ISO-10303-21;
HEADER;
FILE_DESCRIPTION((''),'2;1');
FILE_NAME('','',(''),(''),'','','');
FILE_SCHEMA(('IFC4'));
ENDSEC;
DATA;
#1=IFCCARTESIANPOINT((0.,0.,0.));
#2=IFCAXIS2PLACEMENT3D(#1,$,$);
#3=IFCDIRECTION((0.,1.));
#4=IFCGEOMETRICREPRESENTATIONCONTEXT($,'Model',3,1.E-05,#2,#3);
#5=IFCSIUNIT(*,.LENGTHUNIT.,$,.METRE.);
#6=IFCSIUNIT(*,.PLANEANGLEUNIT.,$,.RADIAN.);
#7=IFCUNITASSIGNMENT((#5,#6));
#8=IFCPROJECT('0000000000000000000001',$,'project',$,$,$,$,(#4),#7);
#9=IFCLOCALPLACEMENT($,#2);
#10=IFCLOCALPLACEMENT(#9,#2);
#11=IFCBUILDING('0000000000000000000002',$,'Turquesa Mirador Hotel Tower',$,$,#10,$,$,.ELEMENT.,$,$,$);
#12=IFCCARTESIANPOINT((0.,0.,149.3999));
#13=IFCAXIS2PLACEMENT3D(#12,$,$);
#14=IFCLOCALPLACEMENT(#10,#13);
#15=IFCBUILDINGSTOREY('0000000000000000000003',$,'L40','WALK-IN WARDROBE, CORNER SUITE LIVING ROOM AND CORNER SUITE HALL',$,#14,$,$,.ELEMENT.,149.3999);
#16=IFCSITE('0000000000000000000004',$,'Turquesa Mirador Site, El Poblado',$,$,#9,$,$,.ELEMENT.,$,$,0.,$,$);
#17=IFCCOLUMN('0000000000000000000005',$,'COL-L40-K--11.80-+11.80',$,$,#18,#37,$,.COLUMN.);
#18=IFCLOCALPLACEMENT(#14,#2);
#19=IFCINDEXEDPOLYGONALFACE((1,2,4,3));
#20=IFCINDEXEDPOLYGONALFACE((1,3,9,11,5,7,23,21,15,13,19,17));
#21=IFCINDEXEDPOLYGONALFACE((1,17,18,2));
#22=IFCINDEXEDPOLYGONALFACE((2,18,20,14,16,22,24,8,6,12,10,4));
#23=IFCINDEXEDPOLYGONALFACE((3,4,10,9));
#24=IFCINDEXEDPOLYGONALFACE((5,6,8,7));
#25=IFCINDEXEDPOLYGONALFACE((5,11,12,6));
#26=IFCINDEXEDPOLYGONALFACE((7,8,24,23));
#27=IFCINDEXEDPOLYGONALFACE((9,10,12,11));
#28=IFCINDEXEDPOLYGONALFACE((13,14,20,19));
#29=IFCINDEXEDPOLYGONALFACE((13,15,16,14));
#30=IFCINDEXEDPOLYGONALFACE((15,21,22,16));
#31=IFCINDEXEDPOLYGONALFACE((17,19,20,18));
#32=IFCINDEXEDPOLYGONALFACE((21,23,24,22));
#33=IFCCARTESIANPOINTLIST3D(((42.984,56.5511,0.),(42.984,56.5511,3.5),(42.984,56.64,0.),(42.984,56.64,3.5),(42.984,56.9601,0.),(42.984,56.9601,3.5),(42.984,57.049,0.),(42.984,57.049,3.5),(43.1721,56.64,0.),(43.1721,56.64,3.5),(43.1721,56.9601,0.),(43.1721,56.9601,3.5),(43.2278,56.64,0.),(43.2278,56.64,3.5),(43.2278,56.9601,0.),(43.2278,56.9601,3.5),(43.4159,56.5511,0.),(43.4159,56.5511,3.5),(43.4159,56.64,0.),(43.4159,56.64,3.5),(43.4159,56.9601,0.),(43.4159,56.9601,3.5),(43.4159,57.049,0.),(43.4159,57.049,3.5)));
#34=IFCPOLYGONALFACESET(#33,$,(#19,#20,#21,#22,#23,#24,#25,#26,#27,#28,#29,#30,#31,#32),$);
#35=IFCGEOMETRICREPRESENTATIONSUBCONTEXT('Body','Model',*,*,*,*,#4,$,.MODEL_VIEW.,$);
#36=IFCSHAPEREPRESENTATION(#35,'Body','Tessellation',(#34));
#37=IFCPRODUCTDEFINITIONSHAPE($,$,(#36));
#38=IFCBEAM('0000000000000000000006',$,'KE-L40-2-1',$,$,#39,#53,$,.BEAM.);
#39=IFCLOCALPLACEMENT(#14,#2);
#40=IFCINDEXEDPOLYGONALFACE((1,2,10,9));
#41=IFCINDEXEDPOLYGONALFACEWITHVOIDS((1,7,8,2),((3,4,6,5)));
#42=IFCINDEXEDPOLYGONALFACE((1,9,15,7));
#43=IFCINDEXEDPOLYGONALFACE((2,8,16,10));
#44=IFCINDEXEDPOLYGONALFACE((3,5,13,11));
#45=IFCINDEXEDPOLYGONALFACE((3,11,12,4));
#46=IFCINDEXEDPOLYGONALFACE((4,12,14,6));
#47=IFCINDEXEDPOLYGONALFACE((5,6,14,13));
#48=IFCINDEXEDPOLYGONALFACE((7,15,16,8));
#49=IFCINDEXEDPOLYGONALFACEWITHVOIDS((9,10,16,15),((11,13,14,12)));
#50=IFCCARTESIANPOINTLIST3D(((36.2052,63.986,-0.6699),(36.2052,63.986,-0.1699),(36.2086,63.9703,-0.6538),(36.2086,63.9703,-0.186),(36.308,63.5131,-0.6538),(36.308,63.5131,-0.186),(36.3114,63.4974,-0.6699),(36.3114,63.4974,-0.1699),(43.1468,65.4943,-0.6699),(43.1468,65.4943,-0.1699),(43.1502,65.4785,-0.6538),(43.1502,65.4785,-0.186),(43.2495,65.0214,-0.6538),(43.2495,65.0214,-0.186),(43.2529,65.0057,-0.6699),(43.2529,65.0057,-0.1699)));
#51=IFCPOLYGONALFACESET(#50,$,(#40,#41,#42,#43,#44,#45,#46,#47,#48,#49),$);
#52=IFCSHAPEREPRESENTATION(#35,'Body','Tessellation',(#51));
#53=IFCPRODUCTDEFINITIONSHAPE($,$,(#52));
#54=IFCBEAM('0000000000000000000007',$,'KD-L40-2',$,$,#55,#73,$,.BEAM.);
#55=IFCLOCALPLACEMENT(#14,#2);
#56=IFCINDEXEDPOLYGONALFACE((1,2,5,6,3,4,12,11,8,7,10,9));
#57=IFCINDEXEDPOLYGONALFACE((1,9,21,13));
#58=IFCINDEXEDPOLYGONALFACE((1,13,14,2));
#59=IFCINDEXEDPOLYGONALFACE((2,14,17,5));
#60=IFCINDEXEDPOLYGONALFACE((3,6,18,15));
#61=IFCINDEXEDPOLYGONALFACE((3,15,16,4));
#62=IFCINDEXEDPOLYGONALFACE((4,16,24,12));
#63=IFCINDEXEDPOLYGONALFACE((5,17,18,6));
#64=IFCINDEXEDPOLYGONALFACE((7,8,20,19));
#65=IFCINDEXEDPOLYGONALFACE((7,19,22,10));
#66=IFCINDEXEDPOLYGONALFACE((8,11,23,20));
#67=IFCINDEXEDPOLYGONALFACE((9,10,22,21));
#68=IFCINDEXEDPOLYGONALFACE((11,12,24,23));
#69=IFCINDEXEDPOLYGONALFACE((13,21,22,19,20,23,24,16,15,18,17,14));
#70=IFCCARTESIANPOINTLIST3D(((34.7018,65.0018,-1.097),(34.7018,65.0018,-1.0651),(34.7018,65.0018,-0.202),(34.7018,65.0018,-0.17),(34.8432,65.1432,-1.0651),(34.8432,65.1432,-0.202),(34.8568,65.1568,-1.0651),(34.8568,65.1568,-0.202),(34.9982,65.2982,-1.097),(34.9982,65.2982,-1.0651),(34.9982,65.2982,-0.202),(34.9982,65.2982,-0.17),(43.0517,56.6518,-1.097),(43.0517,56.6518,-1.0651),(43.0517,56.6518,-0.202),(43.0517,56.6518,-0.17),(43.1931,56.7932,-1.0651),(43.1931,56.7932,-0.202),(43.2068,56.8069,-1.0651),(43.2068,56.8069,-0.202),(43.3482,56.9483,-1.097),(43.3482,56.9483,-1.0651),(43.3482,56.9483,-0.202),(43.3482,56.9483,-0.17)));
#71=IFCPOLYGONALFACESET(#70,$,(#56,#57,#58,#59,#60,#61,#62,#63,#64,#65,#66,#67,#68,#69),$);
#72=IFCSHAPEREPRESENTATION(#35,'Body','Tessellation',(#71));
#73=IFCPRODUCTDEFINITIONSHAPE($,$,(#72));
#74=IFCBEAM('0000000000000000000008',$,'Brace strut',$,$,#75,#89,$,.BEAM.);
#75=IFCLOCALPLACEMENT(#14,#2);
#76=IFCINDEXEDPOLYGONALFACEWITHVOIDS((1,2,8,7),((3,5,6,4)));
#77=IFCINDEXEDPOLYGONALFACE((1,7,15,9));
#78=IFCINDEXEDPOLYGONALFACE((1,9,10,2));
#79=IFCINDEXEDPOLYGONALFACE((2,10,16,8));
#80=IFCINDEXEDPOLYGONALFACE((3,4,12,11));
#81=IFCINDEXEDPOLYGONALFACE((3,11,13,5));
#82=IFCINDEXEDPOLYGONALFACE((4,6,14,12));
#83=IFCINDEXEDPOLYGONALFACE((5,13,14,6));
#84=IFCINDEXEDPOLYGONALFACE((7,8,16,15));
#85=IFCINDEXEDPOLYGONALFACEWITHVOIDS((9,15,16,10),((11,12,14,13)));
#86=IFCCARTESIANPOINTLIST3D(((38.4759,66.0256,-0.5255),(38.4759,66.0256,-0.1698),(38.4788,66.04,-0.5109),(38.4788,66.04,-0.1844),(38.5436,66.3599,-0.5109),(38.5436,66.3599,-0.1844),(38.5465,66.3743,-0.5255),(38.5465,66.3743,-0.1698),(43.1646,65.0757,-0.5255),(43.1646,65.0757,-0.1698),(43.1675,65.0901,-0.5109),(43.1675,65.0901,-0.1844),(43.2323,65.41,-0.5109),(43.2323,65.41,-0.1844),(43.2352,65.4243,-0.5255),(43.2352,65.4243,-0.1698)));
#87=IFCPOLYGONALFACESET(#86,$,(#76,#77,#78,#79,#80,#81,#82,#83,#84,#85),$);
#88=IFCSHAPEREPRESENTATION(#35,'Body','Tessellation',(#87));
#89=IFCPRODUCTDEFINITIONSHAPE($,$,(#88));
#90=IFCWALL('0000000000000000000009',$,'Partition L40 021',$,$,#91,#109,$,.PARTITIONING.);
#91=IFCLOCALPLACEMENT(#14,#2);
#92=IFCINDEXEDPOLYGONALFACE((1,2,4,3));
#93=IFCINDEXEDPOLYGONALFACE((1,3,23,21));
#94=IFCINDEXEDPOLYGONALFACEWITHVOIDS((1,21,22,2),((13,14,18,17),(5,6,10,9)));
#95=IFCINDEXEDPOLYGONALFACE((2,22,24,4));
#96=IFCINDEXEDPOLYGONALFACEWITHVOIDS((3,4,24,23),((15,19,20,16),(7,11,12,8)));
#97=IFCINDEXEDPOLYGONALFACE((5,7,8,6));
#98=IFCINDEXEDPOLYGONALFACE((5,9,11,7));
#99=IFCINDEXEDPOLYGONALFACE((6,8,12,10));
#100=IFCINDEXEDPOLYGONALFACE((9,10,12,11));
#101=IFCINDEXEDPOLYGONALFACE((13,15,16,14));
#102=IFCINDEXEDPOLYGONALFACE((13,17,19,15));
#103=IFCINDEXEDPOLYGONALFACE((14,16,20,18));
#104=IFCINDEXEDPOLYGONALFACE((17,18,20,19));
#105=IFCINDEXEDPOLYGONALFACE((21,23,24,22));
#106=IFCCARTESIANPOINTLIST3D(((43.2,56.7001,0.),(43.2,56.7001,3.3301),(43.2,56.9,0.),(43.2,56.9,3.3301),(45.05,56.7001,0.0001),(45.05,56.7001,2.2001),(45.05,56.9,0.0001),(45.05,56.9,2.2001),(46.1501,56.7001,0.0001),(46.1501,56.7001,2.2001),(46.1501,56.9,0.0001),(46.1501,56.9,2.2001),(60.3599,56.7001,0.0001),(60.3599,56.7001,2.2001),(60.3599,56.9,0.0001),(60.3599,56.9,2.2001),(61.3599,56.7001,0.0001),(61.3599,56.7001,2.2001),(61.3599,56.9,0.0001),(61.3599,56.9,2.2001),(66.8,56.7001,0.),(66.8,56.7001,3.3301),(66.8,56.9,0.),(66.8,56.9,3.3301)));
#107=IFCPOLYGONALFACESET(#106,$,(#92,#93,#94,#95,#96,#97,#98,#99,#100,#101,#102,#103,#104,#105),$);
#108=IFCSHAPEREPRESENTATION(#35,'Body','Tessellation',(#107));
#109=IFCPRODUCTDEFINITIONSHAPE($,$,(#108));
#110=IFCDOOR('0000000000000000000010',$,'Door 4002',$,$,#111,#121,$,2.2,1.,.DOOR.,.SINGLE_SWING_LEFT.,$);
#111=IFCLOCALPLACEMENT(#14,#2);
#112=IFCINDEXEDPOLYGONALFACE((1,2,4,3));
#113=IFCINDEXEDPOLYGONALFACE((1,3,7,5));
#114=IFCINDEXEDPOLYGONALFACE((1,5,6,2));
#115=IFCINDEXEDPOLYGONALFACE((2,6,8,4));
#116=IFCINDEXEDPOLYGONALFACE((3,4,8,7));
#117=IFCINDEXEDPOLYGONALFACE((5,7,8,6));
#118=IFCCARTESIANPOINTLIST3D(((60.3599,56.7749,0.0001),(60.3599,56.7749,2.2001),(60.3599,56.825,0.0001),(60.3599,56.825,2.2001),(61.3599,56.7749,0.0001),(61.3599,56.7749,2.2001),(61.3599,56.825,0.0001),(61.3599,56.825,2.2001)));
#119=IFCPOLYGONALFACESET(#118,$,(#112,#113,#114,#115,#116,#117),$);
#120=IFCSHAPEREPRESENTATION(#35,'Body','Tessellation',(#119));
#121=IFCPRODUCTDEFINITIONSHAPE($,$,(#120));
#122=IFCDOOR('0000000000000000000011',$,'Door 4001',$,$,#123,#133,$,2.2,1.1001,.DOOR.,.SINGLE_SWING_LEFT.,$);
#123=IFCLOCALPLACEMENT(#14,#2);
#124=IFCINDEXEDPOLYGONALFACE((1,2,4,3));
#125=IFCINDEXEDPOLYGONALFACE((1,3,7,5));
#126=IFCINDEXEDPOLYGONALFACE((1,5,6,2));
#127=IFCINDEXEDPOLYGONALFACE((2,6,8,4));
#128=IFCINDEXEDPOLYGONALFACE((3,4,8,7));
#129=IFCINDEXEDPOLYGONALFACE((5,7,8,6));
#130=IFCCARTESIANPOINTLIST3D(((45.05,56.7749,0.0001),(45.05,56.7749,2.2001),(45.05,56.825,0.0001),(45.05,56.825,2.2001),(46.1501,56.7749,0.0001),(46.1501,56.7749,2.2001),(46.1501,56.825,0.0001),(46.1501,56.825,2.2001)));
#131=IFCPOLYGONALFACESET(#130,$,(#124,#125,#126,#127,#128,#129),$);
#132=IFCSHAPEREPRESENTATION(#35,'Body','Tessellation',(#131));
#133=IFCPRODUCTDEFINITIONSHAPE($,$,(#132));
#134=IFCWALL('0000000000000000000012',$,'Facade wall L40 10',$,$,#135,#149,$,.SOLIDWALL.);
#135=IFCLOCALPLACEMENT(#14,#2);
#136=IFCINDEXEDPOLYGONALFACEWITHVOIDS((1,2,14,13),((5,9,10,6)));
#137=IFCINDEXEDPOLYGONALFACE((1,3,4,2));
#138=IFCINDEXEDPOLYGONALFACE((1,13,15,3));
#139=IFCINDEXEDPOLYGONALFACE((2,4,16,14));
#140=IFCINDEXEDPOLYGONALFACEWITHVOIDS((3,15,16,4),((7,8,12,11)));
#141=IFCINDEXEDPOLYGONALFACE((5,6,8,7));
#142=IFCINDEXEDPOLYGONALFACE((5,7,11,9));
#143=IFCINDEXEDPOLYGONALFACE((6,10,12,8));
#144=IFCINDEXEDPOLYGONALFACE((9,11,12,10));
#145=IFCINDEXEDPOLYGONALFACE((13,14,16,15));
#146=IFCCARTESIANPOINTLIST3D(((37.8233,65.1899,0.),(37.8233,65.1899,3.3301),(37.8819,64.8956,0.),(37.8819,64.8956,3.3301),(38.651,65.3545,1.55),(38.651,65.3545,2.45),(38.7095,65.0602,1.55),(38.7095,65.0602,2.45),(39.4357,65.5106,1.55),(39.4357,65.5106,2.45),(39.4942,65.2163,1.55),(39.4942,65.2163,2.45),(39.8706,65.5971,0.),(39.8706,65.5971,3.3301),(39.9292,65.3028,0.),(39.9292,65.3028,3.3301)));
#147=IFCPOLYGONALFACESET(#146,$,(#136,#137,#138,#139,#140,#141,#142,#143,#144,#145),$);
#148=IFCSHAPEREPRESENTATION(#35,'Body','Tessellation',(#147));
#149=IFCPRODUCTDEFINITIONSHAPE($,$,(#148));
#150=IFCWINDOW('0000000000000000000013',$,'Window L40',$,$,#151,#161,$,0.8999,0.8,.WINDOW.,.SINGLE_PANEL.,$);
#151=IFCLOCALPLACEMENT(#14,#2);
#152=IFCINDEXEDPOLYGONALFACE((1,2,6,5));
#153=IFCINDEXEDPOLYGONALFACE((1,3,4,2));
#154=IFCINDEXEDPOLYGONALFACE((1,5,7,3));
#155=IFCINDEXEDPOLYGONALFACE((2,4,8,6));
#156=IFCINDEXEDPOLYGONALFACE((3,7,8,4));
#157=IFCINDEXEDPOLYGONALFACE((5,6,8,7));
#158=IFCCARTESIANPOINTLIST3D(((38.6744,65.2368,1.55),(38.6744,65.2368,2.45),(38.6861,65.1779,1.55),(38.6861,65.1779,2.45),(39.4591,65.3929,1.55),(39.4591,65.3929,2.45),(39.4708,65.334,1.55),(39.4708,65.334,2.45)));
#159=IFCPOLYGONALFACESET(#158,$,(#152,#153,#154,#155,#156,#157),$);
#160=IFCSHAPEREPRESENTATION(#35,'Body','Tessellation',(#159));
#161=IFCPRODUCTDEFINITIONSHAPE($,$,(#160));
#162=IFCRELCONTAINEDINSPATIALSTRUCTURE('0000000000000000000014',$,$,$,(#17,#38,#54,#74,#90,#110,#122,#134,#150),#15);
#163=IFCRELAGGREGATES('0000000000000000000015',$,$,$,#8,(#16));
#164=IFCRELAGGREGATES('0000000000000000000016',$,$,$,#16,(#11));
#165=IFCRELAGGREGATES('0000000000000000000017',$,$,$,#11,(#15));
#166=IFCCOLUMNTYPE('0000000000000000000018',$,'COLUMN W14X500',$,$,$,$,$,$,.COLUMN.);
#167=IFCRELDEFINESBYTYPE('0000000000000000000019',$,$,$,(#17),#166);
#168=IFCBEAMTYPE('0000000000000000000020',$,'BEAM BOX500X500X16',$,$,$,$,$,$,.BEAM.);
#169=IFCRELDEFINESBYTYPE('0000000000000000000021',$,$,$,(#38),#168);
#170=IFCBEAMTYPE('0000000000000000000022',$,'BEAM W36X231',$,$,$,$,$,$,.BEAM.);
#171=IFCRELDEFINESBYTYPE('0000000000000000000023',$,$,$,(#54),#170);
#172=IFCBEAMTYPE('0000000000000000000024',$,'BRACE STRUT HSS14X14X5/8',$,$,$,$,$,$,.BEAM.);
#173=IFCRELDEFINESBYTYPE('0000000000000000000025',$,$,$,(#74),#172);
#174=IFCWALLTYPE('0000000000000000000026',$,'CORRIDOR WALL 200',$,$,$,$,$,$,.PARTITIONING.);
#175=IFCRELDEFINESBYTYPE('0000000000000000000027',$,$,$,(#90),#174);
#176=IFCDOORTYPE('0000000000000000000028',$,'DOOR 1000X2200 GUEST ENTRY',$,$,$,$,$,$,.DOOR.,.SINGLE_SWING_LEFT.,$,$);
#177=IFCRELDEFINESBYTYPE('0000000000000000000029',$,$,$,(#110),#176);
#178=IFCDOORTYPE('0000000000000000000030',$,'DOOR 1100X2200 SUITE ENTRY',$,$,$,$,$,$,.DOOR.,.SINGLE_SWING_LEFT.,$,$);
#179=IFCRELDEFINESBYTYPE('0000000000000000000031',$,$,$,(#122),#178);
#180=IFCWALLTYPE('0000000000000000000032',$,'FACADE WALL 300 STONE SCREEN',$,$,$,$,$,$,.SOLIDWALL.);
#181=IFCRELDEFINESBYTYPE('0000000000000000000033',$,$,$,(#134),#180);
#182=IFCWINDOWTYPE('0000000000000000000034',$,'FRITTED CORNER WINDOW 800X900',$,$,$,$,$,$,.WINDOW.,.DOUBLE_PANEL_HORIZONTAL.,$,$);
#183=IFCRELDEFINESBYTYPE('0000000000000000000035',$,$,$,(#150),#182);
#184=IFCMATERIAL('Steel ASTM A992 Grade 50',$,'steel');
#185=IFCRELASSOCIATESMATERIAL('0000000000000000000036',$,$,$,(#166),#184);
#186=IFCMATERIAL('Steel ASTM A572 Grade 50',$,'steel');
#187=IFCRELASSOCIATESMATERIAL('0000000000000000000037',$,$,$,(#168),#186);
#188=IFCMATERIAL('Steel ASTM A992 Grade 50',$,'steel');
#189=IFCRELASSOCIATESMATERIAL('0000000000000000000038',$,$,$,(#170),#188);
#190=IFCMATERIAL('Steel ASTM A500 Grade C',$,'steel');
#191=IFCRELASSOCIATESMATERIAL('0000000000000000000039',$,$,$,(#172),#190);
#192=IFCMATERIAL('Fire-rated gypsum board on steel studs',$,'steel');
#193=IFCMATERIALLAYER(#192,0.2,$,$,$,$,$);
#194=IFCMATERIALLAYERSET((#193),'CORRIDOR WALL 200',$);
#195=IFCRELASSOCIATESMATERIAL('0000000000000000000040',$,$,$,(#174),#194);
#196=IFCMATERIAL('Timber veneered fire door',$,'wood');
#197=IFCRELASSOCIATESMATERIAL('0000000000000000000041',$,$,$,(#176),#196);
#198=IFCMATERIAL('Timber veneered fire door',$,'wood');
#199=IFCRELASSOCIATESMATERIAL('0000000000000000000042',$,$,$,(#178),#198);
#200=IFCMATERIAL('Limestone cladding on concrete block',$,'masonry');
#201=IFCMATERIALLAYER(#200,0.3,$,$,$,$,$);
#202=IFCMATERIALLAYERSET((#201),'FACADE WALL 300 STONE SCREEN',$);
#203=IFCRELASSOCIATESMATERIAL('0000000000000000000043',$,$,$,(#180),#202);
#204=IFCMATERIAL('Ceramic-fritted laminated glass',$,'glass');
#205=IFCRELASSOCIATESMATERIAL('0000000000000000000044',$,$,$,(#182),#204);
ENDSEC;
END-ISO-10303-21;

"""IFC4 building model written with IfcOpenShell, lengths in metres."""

from ifc_helpers import new_model, si_unit, direction, frame, frame_2d, origin, origin_2d, place, context, subcontext, project, spatial, rectangle, hollow_rectangle, i_section, extrude, material, layer, layer_set, material_profile, profile_set, type_object, element, fill, save


model = new_model("IFC4")

# Units and contexts
model_context = context("Model", 3, precision=1e-05, world=origin(), true_north=direction((0.0, 1.0)))
body_context = subcontext(model_context, "Body", "Model", "MODEL_VIEW")
ifc_project = project(units=[si_unit("LENGTHUNIT", "METRE"), si_unit("PLANEANGLEUNIT", "RADIAN")], contexts=[model_context])

# Site, building, storey
site_placement = place(None, origin())
site = spatial("IfcSite", under=ifc_project, at=site_placement, Name="Turquesa Mirador Site, El Poblado", CompositionType="ELEMENT", RefElevation=0.0)
building_placement = place(site_placement, origin())
building = spatial("IfcBuilding", under=site, at=building_placement, Name="Turquesa Mirador Hotel Tower", CompositionType="ELEMENT")
storey_placement = place(building_placement, frame((0.0, 0.0, 149.3999)))
storey = spatial("IfcBuildingStorey", under=building, at=storey_placement, Name="L40", Description="WALK-IN WARDROBE, CORNER SUITE LIVING ROOM AND CORNER SUITE HALL", CompositionType="ELEMENT", Elevation=149.3999)

# Column
ifc_material_1 = material(Name="Steel ASTM A992 Grade 50", Category="steel")
ifc_material_profile_1 = material_profile(ifc_material_1, i_section(OverallWidth=0.4319, OverallDepth=0.4978, WebThickness=0.0557, FlangeThickness=0.0889, at=origin_2d()), Name="W14X500")
ifc_profile_set_1 = profile_set([ifc_material_profile_1], Name="Steel ASTM A992 Grade 50")
column_type = type_object("IfcColumnType", Name="COLUMN W14X500", PredefinedType="COLUMN", material=ifc_profile_set_1)
column_placement = place(storey_placement, frame((43.2, 56.8, 0.0), z_axis=(0.0, 0.0, 1.0), x_axis=(1.0, 0.0, 0.0)))
element("IfcColumn", 1, at=column_placement, inside=storey, type_object=column_type, Name="COL-L40-K--11.80-+11.80", PredefinedType="COLUMN", context=body_context, shape_type="SweptSolid", body=[
    extrude(i_section(OverallWidth=0.4319, OverallDepth=0.4978, WebThickness=0.0557, FlangeThickness=0.0889, at=origin_2d()), origin(), (0.0, 0.0, 1.0), 3.5),
])

# Beams
ifc_material_2 = material(Name="Steel ASTM A572 Grade 50", Category="steel")
ifc_material_profile_2 = material_profile(ifc_material_2, hollow_rectangle(XDim=0.5, YDim=0.5, WallThickness=0.0161, at=origin_2d()), Name="BOX500X500X16")
ifc_profile_set_2 = profile_set([ifc_material_profile_2], Name="Steel ASTM A572 Grade 50")
beam_type_1 = type_object("IfcBeamType", Name="BEAM BOX500X500X16", PredefinedType="BEAM", material=ifc_profile_set_2)
beam_1_placement = place(storey_placement, frame((36.2583, 63.7417, -0.4199), z_axis=(0.977198, 0.212328, 0.0), x_axis=(-0.212328, 0.977198, 0.0)))
element("IfcBeam", 2, at=beam_1_placement, inside=storey, type_object=beam_type_1, Name="KE-L40-2-1", PredefinedType="BEAM", context=body_context, shape_type="SweptSolid", body=[
    extrude(hollow_rectangle(XDim=0.5, YDim=0.5, WallThickness=0.0161, at=origin_2d()), origin(), (0.0, 0.0, 1.0), 7.1035),
])
ifc_material_3 = material(Name="Steel ASTM A992 Grade 50", Category="steel")
ifc_material_profile_3 = material_profile(ifc_material_3, i_section(OverallWidth=0.4192, OverallDepth=0.927, WebThickness=0.0193, FlangeThickness=0.032, at=origin_2d()), Name="W36X231")
ifc_profile_set_3 = profile_set([ifc_material_profile_3], Name="Steel ASTM A992 Grade 50")
beam_type_2 = type_object("IfcBeamType", Name="BEAM W36X231", PredefinedType="BEAM", material=ifc_profile_set_3)
beam_2_placement = place(storey_placement, frame((43.2, 56.8, -0.6335), z_axis=(-0.707107, 0.707107, 0.0), x_axis=(-0.707107, -0.707107, 0.0)))
element("IfcBeam", 3, at=beam_2_placement, inside=storey, type_object=beam_type_2, Name="KD-L40-2", PredefinedType="BEAM", context=body_context, shape_type="SweptSolid", body=[
    extrude(i_section(OverallWidth=0.4192, OverallDepth=0.927, WebThickness=0.0193, FlangeThickness=0.032, at=origin_2d()), origin(), (0.0, 0.0, 1.0), 11.8086),
])
ifc_material_4 = material(Name="Steel ASTM A500 Grade C", Category="steel")
ifc_material_profile_4 = material_profile(ifc_material_4, hollow_rectangle(XDim=0.3557, YDim=0.3557, WallThickness=0.0146, at=origin_2d()), Name="HSS14X14X5/8")
ifc_profile_set_4 = profile_set([ifc_material_profile_4], Name="Steel ASTM A500 Grade C")
beam_type_3 = type_object("IfcBeamType", Name="BRACE STRUT HSS14X14X5/8", PredefinedType="BEAM", material=ifc_profile_set_4)
beam_3_placement = place(storey_placement, frame((38.5112, 66.2, -0.3477), z_axis=(0.980087, -0.198569, 0.0), x_axis=(0.198569, 0.980087, 0.0)))
element("IfcBeam", 4, at=beam_3_placement, inside=storey, type_object=beam_type_3, Name="Brace strut", PredefinedType="BEAM", context=body_context, shape_type="SweptSolid", body=[
    extrude(hollow_rectangle(XDim=0.3557, YDim=0.3557, WallThickness=0.0146, at=origin_2d()), origin(), (0.0, 0.0, 1.0), 4.7839),
])

# Wall, openings, doors
ifc_material_5 = material(Name="Fire-rated gypsum board on steel studs", Category="steel")
ifc_layer_1 = layer(ifc_material_5, 0.2)
ifc_layer_set_1 = layer_set([ifc_layer_1], Name="CORRIDOR WALL 200")
wall_type_1 = type_object("IfcWallType", Name="CORRIDOR WALL 200", PredefinedType="PARTITIONING", material=ifc_layer_set_1)
wall_1_placement = place(storey_placement, frame((43.2, 56.8, 0.0), z_axis=(0.0, 0.0, 1.0), x_axis=(1.0, 0.0, 0.0)))
wall_1 = element("IfcWall", 5, at=wall_1_placement, inside=storey, type_object=wall_type_1, Name="Partition L40 021", PredefinedType="PARTITIONING", context=body_context, shape_type="SweptSolid", body=[
    extrude(rectangle(XDim=23.6001, YDim=0.2, at=frame_2d((11.8, 0.0))), origin(), (0.0, 0.0, 1.0), 3.3301),
])
opening_1_placement = place(wall_1_placement, frame((1.8501, 0.0, 0.0)))
opening_1 = element("IfcOpeningElement", 6, at=opening_1_placement, cuts=wall_1, PredefinedType="OPENING", context=body_context, shape_type="SweptSolid", body=[
    extrude(rectangle(XDim=1.1001, YDim=2.2, at=frame_2d((0.55, 1.1001))), frame((0.0, 0.1099, 0.0), z_axis=(0.0, -1.0, 0.0), x_axis=(1.0, 0.0, 0.0)), (0.0, 0.0, 1.0), 0.22),
])
opening_2_placement = place(wall_1_placement, frame((17.1599, 0.0, 0.0)))
opening_2 = element("IfcOpeningElement", 7, at=opening_2_placement, cuts=wall_1, PredefinedType="OPENING", context=body_context, shape_type="SweptSolid", body=[
    extrude(rectangle(XDim=1.0, YDim=2.2, at=frame_2d((0.5, 1.1001))), frame((0.0, 0.1099, 0.0), z_axis=(0.0, -1.0, 0.0), x_axis=(1.0, 0.0, 0.0)), (0.0, 0.0, 1.0), 0.22),
])
ifc_material_6 = material(Name="Timber veneered fire door", Category="wood")
door_type_1 = type_object("IfcDoorType", Name="DOOR 1000X2200 GUEST ENTRY", OperationType="SINGLE_SWING_LEFT", PredefinedType="DOOR", material=ifc_material_6)
door_1_placement = place(opening_2_placement, origin())
door_1 = element("IfcDoor", 8, at=door_1_placement, inside=storey, type_object=door_type_1, Name="Door 4002", OperationType="SINGLE_SWING_LEFT", OverallHeight=2.2, OverallWidth=1.0, PredefinedType="DOOR", context=body_context, shape_type="SweptSolid", body=[
    extrude(rectangle(XDim=1.0, YDim=2.2, at=frame_2d((0.5, 1.1001))), frame((0.0, 0.0249, 0.0), z_axis=(0.0, -1.0, 0.0), x_axis=(1.0, 0.0, 0.0)), (0.0, 0.0, 1.0), 0.05),
])
fill(opening_2, door_1)
ifc_material_7 = material(Name="Timber veneered fire door", Category="wood")
door_type_2 = type_object("IfcDoorType", Name="DOOR 1100X2200 SUITE ENTRY", OperationType="SINGLE_SWING_LEFT", PredefinedType="DOOR", material=ifc_material_7)
door_2_placement = place(opening_1_placement, origin())
door_2 = element("IfcDoor", 9, at=door_2_placement, inside=storey, type_object=door_type_2, Name="Door 4001", OperationType="SINGLE_SWING_LEFT", OverallHeight=2.2, OverallWidth=1.1001, PredefinedType="DOOR", context=body_context, shape_type="SweptSolid", body=[
    extrude(rectangle(XDim=1.1001, YDim=2.2, at=frame_2d((0.55, 1.1001))), frame((0.0, 0.0249, 0.0), z_axis=(0.0, -1.0, 0.0), x_axis=(1.0, 0.0, 0.0)), (0.0, 0.0, 1.0), 0.05),
])
fill(opening_1, door_2)

# Wall, opening, window
ifc_material_8 = material(Name="Limestone cladding on concrete block", Category="masonry")
ifc_layer_2 = layer(ifc_material_8, 0.3)
ifc_layer_set_2 = layer_set([ifc_layer_2], Name="FACADE WALL 300 STONE SCREEN")
wall_type_2 = type_object("IfcWallType", Name="FACADE WALL 300 STONE SCREEN", PredefinedType="SOLIDWALL", material=ifc_layer_set_2)
wall_2_placement = place(storey_placement, frame((39.8999, 65.45, 0.0), z_axis=(0.0, 0.0, 1.0), x_axis=(-0.980787, -0.195081, 0.0)))
wall_2 = element("IfcWall", 10, at=wall_2_placement, inside=storey, type_object=wall_type_2, Name="Facade wall L40 10", PredefinedType="SOLIDWALL", context=body_context, shape_type="SweptSolid", body=[
    extrude(rectangle(XDim=2.0874, YDim=0.3, at=frame_2d((1.0437, 0.0))), origin(), (0.0, 0.0, 1.0), 3.3301),
])
opening_3_placement = place(wall_2_placement, frame((0.4436, 0.0, 1.55)))
opening_3 = element("IfcOpeningElement", 11, at=opening_3_placement, cuts=wall_2, PredefinedType="OPENING", context=body_context, shape_type="SweptSolid", body=[
    extrude(rectangle(XDim=0.8, YDim=0.8999, at=frame_2d((0.3999, 0.45))), frame((0.0, 0.1599, 0.0), z_axis=(0.0, -1.0, 0.0), x_axis=(1.0, 0.0, 0.0)), (0.0, 0.0, 1.0), 0.3201),
])
ifc_material_9 = material(Name="Ceramic-fritted laminated glass", Category="glass")
window_type_1 = type_object("IfcWindowType", Name="FRITTED CORNER WINDOW 800X900", PartitioningType="DOUBLE_PANEL_HORIZONTAL", PredefinedType="WINDOW", material=ifc_material_9)
window_1_placement = place(opening_3_placement, origin())
window_1 = element("IfcWindow", 12, at=window_1_placement, inside=storey, type_object=window_type_1, Name="Window L40", OverallHeight=0.8999, OverallWidth=0.8, PartitioningType="SINGLE_PANEL", PredefinedType="WINDOW", context=body_context, shape_type="SweptSolid", body=[
    extrude(rectangle(XDim=0.8, YDim=0.8999, at=frame_2d((0.3999, 0.45))), frame((0.0, 0.03, 0.0), z_axis=(0.0, -1.0, 0.0), x_axis=(1.0, 0.0, 0.0)), (0.0, 0.0, 1.0), 0.0601),
])
fill(opening_3, window_1)

save(model, "model.ifc")
